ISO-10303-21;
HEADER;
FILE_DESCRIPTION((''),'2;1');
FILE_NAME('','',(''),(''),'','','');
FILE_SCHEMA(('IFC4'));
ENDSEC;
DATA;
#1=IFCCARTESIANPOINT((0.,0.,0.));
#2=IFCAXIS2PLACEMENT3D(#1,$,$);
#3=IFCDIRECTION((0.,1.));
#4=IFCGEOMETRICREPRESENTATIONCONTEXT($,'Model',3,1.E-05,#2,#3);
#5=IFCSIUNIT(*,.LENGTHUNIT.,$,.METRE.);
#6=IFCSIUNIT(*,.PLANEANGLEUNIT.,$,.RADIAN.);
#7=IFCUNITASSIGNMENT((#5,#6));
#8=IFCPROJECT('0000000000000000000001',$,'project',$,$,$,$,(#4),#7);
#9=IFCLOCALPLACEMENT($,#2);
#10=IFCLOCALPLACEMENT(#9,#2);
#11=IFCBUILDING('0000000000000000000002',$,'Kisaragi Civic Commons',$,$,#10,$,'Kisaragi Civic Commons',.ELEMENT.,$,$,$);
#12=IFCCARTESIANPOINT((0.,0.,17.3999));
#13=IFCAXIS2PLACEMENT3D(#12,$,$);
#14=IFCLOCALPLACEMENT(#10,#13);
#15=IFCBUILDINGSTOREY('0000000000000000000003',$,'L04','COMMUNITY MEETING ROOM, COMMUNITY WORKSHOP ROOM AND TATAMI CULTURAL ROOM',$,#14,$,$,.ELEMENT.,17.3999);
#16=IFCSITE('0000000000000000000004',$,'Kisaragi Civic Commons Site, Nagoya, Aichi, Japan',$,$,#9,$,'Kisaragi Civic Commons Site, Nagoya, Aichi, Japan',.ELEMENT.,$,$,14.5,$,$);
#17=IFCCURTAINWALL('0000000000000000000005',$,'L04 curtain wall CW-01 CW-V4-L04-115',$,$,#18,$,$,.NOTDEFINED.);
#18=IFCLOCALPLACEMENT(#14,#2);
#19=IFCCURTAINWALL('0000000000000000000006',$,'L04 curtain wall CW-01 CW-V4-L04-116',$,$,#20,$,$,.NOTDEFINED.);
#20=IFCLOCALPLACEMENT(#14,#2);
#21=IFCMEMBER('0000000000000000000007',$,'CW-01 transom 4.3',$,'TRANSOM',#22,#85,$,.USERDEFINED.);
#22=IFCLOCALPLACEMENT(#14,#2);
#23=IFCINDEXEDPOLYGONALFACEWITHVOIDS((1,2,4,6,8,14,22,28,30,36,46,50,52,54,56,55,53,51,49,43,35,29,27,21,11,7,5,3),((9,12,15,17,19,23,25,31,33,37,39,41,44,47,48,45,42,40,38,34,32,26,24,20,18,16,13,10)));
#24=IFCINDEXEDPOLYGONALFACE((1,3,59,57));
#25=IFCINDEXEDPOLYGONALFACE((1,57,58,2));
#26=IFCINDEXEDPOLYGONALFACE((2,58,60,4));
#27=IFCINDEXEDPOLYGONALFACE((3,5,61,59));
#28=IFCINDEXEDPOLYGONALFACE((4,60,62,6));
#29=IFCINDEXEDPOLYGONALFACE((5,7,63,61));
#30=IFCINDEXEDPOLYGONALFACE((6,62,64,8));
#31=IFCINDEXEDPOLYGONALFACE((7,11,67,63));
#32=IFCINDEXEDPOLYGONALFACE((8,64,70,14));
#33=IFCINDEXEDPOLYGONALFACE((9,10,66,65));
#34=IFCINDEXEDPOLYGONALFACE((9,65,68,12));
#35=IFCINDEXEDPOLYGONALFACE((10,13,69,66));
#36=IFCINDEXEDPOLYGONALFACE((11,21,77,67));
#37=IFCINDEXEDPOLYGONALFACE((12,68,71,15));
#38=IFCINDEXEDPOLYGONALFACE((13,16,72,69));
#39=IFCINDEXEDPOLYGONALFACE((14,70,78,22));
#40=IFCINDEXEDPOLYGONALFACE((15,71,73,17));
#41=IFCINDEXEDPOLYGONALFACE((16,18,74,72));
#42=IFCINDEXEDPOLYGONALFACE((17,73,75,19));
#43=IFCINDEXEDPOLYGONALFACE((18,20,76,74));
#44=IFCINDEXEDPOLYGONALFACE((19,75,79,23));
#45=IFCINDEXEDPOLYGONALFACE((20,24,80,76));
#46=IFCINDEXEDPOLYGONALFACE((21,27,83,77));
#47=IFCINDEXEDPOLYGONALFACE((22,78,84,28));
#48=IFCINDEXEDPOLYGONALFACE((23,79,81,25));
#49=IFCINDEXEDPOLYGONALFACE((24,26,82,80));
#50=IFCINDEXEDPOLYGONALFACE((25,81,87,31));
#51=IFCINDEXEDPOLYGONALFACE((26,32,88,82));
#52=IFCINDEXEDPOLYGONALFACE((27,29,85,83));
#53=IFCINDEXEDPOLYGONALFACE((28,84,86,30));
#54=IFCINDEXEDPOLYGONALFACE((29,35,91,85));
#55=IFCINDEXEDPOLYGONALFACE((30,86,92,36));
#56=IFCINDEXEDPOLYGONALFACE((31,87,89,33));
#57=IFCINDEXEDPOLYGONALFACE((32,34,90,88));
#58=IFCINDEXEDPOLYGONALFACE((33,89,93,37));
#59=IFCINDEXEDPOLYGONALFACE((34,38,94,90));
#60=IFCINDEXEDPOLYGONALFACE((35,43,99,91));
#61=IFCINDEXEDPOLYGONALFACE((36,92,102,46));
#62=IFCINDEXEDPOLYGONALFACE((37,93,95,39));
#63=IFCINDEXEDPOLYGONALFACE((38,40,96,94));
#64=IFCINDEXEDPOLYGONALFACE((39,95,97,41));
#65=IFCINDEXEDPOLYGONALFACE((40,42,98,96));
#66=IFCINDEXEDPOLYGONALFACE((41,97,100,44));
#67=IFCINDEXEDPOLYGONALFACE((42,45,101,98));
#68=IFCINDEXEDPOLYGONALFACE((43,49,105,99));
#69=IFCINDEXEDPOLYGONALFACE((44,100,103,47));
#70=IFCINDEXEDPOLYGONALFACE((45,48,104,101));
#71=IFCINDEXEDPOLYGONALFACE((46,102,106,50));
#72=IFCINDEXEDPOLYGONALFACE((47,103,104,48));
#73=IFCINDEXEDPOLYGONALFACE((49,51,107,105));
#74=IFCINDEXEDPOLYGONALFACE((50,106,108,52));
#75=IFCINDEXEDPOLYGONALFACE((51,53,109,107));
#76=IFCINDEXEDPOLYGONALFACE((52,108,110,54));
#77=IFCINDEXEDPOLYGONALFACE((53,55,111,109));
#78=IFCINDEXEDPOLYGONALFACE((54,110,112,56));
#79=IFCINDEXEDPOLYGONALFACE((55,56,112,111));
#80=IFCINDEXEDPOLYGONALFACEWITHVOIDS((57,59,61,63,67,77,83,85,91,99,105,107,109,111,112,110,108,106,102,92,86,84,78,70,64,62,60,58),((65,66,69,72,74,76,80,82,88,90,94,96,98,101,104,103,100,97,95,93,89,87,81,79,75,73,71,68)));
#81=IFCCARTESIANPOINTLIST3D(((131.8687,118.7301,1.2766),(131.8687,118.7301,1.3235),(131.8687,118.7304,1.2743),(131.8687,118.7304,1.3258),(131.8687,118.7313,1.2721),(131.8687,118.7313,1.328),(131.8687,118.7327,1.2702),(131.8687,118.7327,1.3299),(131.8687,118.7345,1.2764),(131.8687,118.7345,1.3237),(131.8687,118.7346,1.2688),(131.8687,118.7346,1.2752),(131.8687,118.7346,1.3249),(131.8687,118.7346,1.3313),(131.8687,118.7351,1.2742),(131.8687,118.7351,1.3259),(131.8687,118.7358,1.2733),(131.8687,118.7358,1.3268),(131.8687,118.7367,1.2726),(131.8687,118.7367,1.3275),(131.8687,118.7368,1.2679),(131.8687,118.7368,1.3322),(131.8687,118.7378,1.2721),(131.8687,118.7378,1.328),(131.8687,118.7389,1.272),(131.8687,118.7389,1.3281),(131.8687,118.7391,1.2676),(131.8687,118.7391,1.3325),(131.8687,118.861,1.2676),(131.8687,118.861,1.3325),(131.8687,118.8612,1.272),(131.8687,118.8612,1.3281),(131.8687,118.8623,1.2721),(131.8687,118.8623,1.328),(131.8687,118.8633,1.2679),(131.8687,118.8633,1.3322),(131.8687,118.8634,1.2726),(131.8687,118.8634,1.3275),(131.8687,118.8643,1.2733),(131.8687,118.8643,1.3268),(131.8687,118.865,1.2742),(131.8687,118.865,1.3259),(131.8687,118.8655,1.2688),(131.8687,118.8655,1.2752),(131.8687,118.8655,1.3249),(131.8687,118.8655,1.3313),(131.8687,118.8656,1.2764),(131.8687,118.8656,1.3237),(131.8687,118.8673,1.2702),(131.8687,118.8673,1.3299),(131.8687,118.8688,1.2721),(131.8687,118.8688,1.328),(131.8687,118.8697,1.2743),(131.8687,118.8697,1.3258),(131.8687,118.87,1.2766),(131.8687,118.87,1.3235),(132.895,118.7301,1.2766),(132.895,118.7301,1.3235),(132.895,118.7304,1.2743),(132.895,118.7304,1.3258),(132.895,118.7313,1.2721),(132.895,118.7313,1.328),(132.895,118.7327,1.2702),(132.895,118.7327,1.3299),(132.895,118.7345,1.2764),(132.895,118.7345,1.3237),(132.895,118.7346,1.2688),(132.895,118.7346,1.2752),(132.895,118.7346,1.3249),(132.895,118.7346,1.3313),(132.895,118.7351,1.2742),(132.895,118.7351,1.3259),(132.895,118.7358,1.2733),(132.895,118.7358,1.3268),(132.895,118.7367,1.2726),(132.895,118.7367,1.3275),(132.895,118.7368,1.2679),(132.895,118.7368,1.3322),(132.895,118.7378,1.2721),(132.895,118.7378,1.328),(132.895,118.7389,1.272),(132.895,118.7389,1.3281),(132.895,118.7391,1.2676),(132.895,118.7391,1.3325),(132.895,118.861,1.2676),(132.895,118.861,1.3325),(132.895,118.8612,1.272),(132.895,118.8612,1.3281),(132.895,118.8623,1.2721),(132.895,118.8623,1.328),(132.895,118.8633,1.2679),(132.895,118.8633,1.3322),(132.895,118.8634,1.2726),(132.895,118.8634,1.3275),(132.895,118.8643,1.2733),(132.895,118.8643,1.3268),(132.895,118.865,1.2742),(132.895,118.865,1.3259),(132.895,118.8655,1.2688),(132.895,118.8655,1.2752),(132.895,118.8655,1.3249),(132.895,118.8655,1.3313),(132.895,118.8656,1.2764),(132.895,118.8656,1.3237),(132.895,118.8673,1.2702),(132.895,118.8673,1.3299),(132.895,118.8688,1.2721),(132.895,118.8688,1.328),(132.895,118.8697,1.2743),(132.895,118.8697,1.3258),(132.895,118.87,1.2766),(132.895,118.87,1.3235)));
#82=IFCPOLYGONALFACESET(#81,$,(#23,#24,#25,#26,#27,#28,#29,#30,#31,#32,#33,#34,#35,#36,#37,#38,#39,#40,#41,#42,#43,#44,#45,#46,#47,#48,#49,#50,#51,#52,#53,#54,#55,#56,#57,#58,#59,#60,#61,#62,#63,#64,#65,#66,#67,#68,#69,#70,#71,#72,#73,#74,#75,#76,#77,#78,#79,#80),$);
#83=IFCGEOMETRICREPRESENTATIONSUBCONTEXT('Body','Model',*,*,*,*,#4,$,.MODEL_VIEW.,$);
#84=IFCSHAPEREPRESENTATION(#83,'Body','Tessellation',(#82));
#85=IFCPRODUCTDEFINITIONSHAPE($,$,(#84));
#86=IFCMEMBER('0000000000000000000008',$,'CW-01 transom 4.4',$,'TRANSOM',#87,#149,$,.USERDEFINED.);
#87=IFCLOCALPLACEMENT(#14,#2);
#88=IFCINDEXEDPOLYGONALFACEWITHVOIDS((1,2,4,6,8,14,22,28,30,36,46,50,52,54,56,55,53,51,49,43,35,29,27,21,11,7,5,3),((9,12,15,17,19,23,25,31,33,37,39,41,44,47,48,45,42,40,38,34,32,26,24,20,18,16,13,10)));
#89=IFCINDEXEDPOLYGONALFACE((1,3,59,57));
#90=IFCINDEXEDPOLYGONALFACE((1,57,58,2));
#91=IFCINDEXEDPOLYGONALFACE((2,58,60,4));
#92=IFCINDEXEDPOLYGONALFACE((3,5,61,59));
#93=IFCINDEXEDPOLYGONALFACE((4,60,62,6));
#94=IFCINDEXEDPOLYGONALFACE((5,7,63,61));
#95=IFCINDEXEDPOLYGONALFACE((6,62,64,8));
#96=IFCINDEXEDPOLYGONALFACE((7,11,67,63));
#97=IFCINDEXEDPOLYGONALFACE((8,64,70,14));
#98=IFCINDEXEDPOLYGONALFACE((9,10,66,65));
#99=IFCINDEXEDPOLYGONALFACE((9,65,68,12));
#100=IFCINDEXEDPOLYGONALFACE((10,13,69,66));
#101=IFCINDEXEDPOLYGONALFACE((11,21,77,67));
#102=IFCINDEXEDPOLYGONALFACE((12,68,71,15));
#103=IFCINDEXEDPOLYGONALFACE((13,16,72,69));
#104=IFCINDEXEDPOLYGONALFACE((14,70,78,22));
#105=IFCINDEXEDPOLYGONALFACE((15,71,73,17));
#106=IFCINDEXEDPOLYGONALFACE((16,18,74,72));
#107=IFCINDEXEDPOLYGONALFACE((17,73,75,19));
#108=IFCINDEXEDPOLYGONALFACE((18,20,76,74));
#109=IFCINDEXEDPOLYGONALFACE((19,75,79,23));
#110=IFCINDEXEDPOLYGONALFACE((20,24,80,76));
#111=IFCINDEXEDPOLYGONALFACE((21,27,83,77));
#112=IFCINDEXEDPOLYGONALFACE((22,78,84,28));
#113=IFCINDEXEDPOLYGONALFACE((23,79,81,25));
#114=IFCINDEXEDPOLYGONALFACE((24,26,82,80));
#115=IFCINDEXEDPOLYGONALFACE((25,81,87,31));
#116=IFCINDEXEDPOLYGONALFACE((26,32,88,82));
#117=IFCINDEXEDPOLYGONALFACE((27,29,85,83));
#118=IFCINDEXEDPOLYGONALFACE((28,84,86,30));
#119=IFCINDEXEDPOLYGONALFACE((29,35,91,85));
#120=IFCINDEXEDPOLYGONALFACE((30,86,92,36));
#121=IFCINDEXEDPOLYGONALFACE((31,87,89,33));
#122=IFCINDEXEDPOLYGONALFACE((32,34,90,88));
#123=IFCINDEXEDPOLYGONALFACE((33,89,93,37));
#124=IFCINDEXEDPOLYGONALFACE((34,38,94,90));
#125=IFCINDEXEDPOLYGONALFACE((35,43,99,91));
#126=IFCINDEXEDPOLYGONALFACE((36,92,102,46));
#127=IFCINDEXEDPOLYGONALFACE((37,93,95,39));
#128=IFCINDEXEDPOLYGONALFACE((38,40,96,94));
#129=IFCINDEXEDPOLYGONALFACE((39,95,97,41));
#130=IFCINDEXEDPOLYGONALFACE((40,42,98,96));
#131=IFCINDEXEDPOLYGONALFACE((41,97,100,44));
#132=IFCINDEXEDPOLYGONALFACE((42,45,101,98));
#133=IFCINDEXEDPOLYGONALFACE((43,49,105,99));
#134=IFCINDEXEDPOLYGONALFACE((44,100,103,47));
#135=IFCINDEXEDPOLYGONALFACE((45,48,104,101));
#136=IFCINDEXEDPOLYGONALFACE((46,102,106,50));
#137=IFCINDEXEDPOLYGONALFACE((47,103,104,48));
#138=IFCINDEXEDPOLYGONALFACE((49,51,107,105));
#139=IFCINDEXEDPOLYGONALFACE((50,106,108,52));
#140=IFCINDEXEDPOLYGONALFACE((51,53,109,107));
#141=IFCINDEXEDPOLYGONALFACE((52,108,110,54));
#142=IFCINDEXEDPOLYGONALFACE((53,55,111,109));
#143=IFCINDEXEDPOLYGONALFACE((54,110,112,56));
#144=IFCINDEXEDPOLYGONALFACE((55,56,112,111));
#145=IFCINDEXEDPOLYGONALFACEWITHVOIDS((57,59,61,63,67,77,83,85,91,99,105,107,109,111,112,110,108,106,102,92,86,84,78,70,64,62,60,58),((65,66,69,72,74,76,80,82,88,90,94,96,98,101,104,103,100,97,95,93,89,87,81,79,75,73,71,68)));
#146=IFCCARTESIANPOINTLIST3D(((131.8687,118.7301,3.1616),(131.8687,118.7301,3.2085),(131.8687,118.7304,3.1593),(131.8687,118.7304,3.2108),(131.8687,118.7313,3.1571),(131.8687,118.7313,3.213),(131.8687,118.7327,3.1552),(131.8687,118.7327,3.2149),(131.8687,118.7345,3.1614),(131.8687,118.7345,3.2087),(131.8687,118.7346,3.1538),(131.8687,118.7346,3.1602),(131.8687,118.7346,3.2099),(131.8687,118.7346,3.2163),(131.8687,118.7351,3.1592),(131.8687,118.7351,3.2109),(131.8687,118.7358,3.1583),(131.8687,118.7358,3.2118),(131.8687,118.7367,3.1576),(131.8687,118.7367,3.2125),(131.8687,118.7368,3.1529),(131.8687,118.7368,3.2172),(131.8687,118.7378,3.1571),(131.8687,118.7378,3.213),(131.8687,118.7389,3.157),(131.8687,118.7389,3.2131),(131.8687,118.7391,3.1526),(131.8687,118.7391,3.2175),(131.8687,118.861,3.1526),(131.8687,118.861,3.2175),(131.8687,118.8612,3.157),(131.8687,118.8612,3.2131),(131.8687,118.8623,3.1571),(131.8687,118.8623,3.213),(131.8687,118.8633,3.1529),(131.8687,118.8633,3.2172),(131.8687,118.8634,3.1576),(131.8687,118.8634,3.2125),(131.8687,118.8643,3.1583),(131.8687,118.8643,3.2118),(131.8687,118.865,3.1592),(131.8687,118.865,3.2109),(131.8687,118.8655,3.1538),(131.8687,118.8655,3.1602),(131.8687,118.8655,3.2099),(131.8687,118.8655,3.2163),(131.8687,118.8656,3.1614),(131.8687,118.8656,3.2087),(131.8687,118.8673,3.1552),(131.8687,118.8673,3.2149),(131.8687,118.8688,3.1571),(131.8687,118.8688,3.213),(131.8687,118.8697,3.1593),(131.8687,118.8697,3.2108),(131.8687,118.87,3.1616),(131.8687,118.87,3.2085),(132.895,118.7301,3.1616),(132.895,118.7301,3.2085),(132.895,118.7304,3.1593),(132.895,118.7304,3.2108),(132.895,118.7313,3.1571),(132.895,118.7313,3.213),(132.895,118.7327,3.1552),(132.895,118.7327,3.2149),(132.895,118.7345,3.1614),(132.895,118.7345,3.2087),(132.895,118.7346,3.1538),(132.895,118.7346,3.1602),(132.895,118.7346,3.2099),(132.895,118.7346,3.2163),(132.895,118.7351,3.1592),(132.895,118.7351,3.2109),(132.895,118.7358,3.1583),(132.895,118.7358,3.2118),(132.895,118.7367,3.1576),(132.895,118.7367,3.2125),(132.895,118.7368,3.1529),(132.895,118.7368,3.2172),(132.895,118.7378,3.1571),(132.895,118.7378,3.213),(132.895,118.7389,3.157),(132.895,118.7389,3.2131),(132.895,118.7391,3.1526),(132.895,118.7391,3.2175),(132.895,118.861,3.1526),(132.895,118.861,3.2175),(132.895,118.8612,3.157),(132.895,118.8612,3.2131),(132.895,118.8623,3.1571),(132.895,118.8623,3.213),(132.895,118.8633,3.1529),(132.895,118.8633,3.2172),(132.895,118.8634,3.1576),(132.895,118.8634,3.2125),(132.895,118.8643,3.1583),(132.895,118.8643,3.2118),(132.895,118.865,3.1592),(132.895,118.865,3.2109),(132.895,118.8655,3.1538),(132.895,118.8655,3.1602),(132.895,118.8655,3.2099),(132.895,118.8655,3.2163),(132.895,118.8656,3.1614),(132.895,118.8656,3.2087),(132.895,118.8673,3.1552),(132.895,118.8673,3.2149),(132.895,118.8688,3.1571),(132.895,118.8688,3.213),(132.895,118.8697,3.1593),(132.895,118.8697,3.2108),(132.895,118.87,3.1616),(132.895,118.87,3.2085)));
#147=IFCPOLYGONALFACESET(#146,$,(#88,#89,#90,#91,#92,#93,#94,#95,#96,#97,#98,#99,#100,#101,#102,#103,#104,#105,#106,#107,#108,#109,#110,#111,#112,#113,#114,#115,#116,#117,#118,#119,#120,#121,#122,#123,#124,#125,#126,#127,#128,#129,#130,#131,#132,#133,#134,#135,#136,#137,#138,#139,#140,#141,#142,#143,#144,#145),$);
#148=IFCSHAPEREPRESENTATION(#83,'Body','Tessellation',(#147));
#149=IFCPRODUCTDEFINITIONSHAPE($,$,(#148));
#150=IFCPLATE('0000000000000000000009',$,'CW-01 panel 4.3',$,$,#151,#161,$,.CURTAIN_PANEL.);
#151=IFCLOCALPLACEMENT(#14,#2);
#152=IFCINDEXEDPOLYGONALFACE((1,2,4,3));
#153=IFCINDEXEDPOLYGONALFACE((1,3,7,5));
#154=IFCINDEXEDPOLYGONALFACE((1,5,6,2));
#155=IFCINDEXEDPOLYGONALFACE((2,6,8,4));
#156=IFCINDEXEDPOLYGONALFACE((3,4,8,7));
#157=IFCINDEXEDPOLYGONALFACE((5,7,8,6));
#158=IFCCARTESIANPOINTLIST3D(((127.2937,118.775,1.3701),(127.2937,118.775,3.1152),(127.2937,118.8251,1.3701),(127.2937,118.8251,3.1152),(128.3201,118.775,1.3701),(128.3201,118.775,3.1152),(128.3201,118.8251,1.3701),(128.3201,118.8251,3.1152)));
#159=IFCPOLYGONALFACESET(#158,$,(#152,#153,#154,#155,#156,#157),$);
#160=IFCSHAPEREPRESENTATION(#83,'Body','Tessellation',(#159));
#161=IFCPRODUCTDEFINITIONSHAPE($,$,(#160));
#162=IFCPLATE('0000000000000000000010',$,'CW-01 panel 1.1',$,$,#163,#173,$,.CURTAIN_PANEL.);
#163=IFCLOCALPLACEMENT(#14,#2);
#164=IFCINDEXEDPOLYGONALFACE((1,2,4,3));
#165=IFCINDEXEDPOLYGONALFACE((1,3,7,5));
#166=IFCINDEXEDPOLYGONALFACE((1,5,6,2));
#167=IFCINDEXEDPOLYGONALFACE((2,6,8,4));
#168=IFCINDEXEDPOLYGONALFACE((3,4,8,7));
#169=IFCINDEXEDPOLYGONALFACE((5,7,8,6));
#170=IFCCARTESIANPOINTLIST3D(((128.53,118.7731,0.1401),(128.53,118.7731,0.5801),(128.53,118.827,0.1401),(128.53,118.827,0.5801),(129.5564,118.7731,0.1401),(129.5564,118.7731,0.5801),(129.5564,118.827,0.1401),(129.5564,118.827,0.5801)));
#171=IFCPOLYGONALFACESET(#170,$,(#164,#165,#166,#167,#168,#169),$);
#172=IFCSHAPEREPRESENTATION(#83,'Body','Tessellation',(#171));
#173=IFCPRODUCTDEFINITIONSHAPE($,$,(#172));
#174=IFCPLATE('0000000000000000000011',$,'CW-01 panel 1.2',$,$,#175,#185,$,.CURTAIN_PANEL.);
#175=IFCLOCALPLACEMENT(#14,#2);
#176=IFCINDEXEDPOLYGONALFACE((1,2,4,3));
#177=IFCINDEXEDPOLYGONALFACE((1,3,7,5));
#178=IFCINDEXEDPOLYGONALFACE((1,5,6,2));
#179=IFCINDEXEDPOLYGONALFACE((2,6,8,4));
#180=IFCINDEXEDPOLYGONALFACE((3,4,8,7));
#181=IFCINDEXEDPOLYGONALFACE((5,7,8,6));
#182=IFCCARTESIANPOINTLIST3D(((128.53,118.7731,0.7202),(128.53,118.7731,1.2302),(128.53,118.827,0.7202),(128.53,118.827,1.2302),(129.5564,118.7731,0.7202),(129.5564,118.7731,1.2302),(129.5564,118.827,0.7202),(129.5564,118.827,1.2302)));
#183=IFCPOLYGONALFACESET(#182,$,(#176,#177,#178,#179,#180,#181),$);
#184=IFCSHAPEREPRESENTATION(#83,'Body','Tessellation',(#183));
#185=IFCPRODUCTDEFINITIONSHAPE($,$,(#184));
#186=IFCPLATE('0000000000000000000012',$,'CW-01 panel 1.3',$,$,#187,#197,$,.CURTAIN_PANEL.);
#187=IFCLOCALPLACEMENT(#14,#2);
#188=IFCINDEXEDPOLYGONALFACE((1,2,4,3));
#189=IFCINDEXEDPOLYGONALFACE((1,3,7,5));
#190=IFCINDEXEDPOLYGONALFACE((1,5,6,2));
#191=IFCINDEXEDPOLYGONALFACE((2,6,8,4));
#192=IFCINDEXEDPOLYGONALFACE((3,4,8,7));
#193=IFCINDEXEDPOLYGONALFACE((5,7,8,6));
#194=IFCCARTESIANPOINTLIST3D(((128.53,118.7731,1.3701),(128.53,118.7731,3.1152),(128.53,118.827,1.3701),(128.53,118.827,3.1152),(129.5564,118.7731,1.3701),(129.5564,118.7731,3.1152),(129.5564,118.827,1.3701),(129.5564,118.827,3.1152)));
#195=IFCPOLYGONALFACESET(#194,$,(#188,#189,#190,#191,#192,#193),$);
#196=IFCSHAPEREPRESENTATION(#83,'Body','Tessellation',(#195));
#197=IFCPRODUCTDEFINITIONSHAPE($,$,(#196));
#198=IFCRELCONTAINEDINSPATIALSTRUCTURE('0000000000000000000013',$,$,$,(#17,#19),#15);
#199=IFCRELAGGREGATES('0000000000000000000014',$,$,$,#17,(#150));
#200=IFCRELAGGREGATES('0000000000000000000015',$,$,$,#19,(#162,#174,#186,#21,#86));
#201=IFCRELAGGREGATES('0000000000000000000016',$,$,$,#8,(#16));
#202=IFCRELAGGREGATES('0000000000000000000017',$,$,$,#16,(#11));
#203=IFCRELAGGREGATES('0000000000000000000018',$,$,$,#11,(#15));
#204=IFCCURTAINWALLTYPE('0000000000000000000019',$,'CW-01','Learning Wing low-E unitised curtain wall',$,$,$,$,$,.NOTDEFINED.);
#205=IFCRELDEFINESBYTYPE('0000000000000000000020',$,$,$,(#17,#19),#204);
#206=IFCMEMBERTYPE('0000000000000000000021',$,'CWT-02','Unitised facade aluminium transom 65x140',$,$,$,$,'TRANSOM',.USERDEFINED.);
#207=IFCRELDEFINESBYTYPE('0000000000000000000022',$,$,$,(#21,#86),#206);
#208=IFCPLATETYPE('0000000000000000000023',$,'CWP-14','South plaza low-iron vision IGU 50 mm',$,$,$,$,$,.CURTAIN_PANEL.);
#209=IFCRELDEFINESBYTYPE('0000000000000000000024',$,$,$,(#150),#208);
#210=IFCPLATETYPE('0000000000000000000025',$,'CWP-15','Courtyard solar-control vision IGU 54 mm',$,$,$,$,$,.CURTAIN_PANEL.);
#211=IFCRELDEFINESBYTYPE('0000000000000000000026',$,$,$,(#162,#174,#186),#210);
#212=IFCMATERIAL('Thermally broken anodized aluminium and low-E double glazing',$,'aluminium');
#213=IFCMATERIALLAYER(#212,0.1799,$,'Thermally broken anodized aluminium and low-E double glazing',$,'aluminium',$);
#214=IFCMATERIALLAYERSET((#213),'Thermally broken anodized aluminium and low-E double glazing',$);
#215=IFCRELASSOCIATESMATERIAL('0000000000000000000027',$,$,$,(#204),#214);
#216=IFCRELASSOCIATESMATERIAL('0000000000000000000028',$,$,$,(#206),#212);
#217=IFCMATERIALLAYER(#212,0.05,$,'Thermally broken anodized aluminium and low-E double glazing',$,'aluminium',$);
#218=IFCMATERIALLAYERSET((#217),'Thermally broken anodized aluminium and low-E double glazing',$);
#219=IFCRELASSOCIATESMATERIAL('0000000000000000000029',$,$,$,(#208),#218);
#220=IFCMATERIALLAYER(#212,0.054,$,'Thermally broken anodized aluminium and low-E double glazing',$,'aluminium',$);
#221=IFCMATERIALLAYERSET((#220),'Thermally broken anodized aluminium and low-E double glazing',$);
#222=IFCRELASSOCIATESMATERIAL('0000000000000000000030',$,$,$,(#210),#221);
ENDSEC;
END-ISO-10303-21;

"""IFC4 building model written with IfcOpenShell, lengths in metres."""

from ifc_helpers import new_model, si_unit, direction, frame, origin, origin_2d, place, context, subcontext, project, spatial, rectangle, hollow_rectangle, extrude, material, layer, layer_set, material_profile, profile_set, type_object, element, aggregate, save


model = new_model("IFC4")

# Units and contexts
model_context = context("Model", 3, precision=1e-05, world=origin(), true_north=direction((0.0, 1.0)))
body_context = subcontext(model_context, "Body", "Model", "MODEL_VIEW")
ifc_project = project(units=[si_unit("LENGTHUNIT", "METRE"), si_unit("PLANEANGLEUNIT", "RADIAN")], contexts=[model_context])

# Site, building, storey
site_placement = place(None, origin())
site = spatial("IfcSite", under=ifc_project, at=site_placement, Name="Kisaragi Civic Commons Site, Nagoya, Aichi, Japan", LongName="Kisaragi Civic Commons Site, Nagoya, Aichi, Japan", CompositionType="ELEMENT", RefElevation=14.5)
building_placement = place(site_placement, origin())
building = spatial("IfcBuilding", under=site, at=building_placement, Name="Kisaragi Civic Commons", LongName="Kisaragi Civic Commons", CompositionType="ELEMENT")
storey_placement = place(building_placement, frame((0.0, 0.0, 17.3999)))
storey = spatial("IfcBuildingStorey", under=building, at=storey_placement, Name="L04", Description="COMMUNITY MEETING ROOM, COMMUNITY WORKSHOP ROOM AND TATAMI CULTURAL ROOM", CompositionType="ELEMENT", Elevation=17.3999)

# Curtain wall
ifc_material_1 = material(Name="Thermally broken anodized aluminium and low-E double glazing", Category="aluminium")
ifc_layer_1 = layer(ifc_material_1, 0.1799, Name="Thermally broken anodized aluminium and low-E double glazing", Category="aluminium")
ifc_layer_set_1 = layer_set([ifc_layer_1], Name="Thermally broken anodized aluminium and low-E double glazing")
curtain_wall_type = type_object("IfcCurtainWallType", Name="CW-01", Description="Learning Wing low-E unitised curtain wall", PredefinedType="NOTDEFINED", material=ifc_layer_set_1)
curtain_wall_1_placement = place(storey_placement, origin())
curtain_wall_1 = element("IfcCurtainWall", 1, at=curtain_wall_1_placement, inside=storey, type_object=curtain_wall_type, Name="L04 curtain wall CW-01 CW-V4-L04-115", PredefinedType="NOTDEFINED")

# Curtain wall, members
curtain_wall_2_placement = place(storey_placement, origin())
curtain_wall_2 = element("IfcCurtainWall", 2, at=curtain_wall_2_placement, inside=storey, type_object=curtain_wall_type, Name="L04 curtain wall CW-01 CW-V4-L04-116", PredefinedType="NOTDEFINED")
ifc_material_profile_1 = material_profile(ifc_material_1, hollow_rectangle(XDim=0.1399, YDim=0.0649, WallThickness=0.0044, InnerFilletRadius=0.0044, OuterFilletRadius=0.009, at=origin_2d()), Name="CWT-65x140x4.5", Category="aluminium")
ifc_profile_set_1 = profile_set([ifc_material_profile_1], Name="Thermally broken anodized aluminium and low-E double glazing")
member_type_1 = type_object("IfcMemberType", Name="CWT-02", Description="Unitised facade aluminium transom 65x140", ElementType="TRANSOM", PredefinedType="USERDEFINED", material=ifc_profile_set_1)
member_1_placement = place(storey_placement, frame((131.8687, 118.8, 1.3), z_axis=(1.0, 0.0, 0.0), x_axis=(0.0, 1.0, 0.0)))
member_1 = element("IfcMember", 3, at=member_1_placement, type_object=member_type_1, Name="CW-01 transom 4.3", ObjectType="TRANSOM", PredefinedType="USERDEFINED", context=body_context, shape_type="SweptSolid", body=[
    extrude(hollow_rectangle(XDim=0.1399, YDim=0.0649, WallThickness=0.0044, InnerFilletRadius=0.0044, OuterFilletRadius=0.009, at=origin_2d()), origin(), (0.0, 0.0, 1.0), 1.0264),
])
member_2_placement = place(storey_placement, frame((131.8687, 118.8, 3.1851), z_axis=(1.0, 0.0, 0.0), x_axis=(0.0, 1.0, 0.0)))
member_2 = element("IfcMember", 4, at=member_2_placement, type_object=member_type_1, Name="CW-01 transom 4.4", ObjectType="TRANSOM", PredefinedType="USERDEFINED", context=body_context, shape_type="SweptSolid", body=[
    extrude(hollow_rectangle(XDim=0.1399, YDim=0.0649, WallThickness=0.0044, InnerFilletRadius=0.0044, OuterFilletRadius=0.009, at=origin_2d()), origin(), (0.0, 0.0, 1.0), 1.0264),
])

# Plates
ifc_layer_2 = layer(ifc_material_1, 0.05, Name="Thermally broken anodized aluminium and low-E double glazing", Category="aluminium")
ifc_layer_set_2 = layer_set([ifc_layer_2], Name="Thermally broken anodized aluminium and low-E double glazing")
plate_type_1 = type_object("IfcPlateType", Name="CWP-14", Description="South plaza low-iron vision IGU 50 mm", PredefinedType="CURTAIN_PANEL", material=ifc_layer_set_2)
plate_1_placement = place(storey_placement, frame((127.8069, 118.8, 1.3701), z_axis=(0.0, 0.0, 1.0), x_axis=(1.0, 0.0, 0.0)))
plate_1 = element("IfcPlate", 5, at=plate_1_placement, type_object=plate_type_1, Name="CW-01 panel 4.3", PredefinedType="CURTAIN_PANEL", context=body_context, shape_type="SweptSolid", body=[
    extrude(rectangle(XDim=1.0264, YDim=0.05, at=origin_2d()), origin(), (0.0, 0.0, 1.0), 1.7451),
])
aggregate(curtain_wall_1, [plate_1])
ifc_layer_3 = layer(ifc_material_1, 0.054, Name="Thermally broken anodized aluminium and low-E double glazing", Category="aluminium")
ifc_layer_set_3 = layer_set([ifc_layer_3], Name="Thermally broken anodized aluminium and low-E double glazing")
plate_type_2 = type_object("IfcPlateType", Name="CWP-15", Description="Courtyard solar-control vision IGU 54 mm", PredefinedType="CURTAIN_PANEL", material=ifc_layer_set_3)
plate_2_placement = place(storey_placement, frame((129.0432, 118.8, 0.1401), z_axis=(0.0, 0.0, 1.0), x_axis=(1.0, 0.0, 0.0)))
plate_2 = element("IfcPlate", 6, at=plate_2_placement, type_object=plate_type_2, Name="CW-01 panel 1.1", PredefinedType="CURTAIN_PANEL", context=body_context, shape_type="SweptSolid", body=[
    extrude(rectangle(XDim=1.0264, YDim=0.054, at=origin_2d()), origin(), (0.0, 0.0, 1.0), 0.4399),
])
plate_3_placement = place(storey_placement, frame((129.0432, 118.8, 0.7202), z_axis=(0.0, 0.0, 1.0), x_axis=(1.0, 0.0, 0.0)))
plate_3 = element("IfcPlate", 7, at=plate_3_placement, type_object=plate_type_2, Name="CW-01 panel 1.2", PredefinedType="CURTAIN_PANEL", context=body_context, shape_type="SweptSolid", body=[
    extrude(rectangle(XDim=1.0264, YDim=0.054, at=origin_2d()), origin(), (0.0, 0.0, 1.0), 0.51),
])
plate_4_placement = place(storey_placement, frame((129.0432, 118.8, 1.3701), z_axis=(0.0, 0.0, 1.0), x_axis=(1.0, 0.0, 0.0)))
plate_4 = element("IfcPlate", 8, at=plate_4_placement, type_object=plate_type_2, Name="CW-01 panel 1.3", PredefinedType="CURTAIN_PANEL", context=body_context, shape_type="SweptSolid", body=[
    extrude(rectangle(XDim=1.0264, YDim=0.054, at=origin_2d()), origin(), (0.0, 0.0, 1.0), 1.7451),
])
aggregate(curtain_wall_2, [plate_2, plate_3, plate_4, member_1, member_2])

save(model, "model.ifc")
